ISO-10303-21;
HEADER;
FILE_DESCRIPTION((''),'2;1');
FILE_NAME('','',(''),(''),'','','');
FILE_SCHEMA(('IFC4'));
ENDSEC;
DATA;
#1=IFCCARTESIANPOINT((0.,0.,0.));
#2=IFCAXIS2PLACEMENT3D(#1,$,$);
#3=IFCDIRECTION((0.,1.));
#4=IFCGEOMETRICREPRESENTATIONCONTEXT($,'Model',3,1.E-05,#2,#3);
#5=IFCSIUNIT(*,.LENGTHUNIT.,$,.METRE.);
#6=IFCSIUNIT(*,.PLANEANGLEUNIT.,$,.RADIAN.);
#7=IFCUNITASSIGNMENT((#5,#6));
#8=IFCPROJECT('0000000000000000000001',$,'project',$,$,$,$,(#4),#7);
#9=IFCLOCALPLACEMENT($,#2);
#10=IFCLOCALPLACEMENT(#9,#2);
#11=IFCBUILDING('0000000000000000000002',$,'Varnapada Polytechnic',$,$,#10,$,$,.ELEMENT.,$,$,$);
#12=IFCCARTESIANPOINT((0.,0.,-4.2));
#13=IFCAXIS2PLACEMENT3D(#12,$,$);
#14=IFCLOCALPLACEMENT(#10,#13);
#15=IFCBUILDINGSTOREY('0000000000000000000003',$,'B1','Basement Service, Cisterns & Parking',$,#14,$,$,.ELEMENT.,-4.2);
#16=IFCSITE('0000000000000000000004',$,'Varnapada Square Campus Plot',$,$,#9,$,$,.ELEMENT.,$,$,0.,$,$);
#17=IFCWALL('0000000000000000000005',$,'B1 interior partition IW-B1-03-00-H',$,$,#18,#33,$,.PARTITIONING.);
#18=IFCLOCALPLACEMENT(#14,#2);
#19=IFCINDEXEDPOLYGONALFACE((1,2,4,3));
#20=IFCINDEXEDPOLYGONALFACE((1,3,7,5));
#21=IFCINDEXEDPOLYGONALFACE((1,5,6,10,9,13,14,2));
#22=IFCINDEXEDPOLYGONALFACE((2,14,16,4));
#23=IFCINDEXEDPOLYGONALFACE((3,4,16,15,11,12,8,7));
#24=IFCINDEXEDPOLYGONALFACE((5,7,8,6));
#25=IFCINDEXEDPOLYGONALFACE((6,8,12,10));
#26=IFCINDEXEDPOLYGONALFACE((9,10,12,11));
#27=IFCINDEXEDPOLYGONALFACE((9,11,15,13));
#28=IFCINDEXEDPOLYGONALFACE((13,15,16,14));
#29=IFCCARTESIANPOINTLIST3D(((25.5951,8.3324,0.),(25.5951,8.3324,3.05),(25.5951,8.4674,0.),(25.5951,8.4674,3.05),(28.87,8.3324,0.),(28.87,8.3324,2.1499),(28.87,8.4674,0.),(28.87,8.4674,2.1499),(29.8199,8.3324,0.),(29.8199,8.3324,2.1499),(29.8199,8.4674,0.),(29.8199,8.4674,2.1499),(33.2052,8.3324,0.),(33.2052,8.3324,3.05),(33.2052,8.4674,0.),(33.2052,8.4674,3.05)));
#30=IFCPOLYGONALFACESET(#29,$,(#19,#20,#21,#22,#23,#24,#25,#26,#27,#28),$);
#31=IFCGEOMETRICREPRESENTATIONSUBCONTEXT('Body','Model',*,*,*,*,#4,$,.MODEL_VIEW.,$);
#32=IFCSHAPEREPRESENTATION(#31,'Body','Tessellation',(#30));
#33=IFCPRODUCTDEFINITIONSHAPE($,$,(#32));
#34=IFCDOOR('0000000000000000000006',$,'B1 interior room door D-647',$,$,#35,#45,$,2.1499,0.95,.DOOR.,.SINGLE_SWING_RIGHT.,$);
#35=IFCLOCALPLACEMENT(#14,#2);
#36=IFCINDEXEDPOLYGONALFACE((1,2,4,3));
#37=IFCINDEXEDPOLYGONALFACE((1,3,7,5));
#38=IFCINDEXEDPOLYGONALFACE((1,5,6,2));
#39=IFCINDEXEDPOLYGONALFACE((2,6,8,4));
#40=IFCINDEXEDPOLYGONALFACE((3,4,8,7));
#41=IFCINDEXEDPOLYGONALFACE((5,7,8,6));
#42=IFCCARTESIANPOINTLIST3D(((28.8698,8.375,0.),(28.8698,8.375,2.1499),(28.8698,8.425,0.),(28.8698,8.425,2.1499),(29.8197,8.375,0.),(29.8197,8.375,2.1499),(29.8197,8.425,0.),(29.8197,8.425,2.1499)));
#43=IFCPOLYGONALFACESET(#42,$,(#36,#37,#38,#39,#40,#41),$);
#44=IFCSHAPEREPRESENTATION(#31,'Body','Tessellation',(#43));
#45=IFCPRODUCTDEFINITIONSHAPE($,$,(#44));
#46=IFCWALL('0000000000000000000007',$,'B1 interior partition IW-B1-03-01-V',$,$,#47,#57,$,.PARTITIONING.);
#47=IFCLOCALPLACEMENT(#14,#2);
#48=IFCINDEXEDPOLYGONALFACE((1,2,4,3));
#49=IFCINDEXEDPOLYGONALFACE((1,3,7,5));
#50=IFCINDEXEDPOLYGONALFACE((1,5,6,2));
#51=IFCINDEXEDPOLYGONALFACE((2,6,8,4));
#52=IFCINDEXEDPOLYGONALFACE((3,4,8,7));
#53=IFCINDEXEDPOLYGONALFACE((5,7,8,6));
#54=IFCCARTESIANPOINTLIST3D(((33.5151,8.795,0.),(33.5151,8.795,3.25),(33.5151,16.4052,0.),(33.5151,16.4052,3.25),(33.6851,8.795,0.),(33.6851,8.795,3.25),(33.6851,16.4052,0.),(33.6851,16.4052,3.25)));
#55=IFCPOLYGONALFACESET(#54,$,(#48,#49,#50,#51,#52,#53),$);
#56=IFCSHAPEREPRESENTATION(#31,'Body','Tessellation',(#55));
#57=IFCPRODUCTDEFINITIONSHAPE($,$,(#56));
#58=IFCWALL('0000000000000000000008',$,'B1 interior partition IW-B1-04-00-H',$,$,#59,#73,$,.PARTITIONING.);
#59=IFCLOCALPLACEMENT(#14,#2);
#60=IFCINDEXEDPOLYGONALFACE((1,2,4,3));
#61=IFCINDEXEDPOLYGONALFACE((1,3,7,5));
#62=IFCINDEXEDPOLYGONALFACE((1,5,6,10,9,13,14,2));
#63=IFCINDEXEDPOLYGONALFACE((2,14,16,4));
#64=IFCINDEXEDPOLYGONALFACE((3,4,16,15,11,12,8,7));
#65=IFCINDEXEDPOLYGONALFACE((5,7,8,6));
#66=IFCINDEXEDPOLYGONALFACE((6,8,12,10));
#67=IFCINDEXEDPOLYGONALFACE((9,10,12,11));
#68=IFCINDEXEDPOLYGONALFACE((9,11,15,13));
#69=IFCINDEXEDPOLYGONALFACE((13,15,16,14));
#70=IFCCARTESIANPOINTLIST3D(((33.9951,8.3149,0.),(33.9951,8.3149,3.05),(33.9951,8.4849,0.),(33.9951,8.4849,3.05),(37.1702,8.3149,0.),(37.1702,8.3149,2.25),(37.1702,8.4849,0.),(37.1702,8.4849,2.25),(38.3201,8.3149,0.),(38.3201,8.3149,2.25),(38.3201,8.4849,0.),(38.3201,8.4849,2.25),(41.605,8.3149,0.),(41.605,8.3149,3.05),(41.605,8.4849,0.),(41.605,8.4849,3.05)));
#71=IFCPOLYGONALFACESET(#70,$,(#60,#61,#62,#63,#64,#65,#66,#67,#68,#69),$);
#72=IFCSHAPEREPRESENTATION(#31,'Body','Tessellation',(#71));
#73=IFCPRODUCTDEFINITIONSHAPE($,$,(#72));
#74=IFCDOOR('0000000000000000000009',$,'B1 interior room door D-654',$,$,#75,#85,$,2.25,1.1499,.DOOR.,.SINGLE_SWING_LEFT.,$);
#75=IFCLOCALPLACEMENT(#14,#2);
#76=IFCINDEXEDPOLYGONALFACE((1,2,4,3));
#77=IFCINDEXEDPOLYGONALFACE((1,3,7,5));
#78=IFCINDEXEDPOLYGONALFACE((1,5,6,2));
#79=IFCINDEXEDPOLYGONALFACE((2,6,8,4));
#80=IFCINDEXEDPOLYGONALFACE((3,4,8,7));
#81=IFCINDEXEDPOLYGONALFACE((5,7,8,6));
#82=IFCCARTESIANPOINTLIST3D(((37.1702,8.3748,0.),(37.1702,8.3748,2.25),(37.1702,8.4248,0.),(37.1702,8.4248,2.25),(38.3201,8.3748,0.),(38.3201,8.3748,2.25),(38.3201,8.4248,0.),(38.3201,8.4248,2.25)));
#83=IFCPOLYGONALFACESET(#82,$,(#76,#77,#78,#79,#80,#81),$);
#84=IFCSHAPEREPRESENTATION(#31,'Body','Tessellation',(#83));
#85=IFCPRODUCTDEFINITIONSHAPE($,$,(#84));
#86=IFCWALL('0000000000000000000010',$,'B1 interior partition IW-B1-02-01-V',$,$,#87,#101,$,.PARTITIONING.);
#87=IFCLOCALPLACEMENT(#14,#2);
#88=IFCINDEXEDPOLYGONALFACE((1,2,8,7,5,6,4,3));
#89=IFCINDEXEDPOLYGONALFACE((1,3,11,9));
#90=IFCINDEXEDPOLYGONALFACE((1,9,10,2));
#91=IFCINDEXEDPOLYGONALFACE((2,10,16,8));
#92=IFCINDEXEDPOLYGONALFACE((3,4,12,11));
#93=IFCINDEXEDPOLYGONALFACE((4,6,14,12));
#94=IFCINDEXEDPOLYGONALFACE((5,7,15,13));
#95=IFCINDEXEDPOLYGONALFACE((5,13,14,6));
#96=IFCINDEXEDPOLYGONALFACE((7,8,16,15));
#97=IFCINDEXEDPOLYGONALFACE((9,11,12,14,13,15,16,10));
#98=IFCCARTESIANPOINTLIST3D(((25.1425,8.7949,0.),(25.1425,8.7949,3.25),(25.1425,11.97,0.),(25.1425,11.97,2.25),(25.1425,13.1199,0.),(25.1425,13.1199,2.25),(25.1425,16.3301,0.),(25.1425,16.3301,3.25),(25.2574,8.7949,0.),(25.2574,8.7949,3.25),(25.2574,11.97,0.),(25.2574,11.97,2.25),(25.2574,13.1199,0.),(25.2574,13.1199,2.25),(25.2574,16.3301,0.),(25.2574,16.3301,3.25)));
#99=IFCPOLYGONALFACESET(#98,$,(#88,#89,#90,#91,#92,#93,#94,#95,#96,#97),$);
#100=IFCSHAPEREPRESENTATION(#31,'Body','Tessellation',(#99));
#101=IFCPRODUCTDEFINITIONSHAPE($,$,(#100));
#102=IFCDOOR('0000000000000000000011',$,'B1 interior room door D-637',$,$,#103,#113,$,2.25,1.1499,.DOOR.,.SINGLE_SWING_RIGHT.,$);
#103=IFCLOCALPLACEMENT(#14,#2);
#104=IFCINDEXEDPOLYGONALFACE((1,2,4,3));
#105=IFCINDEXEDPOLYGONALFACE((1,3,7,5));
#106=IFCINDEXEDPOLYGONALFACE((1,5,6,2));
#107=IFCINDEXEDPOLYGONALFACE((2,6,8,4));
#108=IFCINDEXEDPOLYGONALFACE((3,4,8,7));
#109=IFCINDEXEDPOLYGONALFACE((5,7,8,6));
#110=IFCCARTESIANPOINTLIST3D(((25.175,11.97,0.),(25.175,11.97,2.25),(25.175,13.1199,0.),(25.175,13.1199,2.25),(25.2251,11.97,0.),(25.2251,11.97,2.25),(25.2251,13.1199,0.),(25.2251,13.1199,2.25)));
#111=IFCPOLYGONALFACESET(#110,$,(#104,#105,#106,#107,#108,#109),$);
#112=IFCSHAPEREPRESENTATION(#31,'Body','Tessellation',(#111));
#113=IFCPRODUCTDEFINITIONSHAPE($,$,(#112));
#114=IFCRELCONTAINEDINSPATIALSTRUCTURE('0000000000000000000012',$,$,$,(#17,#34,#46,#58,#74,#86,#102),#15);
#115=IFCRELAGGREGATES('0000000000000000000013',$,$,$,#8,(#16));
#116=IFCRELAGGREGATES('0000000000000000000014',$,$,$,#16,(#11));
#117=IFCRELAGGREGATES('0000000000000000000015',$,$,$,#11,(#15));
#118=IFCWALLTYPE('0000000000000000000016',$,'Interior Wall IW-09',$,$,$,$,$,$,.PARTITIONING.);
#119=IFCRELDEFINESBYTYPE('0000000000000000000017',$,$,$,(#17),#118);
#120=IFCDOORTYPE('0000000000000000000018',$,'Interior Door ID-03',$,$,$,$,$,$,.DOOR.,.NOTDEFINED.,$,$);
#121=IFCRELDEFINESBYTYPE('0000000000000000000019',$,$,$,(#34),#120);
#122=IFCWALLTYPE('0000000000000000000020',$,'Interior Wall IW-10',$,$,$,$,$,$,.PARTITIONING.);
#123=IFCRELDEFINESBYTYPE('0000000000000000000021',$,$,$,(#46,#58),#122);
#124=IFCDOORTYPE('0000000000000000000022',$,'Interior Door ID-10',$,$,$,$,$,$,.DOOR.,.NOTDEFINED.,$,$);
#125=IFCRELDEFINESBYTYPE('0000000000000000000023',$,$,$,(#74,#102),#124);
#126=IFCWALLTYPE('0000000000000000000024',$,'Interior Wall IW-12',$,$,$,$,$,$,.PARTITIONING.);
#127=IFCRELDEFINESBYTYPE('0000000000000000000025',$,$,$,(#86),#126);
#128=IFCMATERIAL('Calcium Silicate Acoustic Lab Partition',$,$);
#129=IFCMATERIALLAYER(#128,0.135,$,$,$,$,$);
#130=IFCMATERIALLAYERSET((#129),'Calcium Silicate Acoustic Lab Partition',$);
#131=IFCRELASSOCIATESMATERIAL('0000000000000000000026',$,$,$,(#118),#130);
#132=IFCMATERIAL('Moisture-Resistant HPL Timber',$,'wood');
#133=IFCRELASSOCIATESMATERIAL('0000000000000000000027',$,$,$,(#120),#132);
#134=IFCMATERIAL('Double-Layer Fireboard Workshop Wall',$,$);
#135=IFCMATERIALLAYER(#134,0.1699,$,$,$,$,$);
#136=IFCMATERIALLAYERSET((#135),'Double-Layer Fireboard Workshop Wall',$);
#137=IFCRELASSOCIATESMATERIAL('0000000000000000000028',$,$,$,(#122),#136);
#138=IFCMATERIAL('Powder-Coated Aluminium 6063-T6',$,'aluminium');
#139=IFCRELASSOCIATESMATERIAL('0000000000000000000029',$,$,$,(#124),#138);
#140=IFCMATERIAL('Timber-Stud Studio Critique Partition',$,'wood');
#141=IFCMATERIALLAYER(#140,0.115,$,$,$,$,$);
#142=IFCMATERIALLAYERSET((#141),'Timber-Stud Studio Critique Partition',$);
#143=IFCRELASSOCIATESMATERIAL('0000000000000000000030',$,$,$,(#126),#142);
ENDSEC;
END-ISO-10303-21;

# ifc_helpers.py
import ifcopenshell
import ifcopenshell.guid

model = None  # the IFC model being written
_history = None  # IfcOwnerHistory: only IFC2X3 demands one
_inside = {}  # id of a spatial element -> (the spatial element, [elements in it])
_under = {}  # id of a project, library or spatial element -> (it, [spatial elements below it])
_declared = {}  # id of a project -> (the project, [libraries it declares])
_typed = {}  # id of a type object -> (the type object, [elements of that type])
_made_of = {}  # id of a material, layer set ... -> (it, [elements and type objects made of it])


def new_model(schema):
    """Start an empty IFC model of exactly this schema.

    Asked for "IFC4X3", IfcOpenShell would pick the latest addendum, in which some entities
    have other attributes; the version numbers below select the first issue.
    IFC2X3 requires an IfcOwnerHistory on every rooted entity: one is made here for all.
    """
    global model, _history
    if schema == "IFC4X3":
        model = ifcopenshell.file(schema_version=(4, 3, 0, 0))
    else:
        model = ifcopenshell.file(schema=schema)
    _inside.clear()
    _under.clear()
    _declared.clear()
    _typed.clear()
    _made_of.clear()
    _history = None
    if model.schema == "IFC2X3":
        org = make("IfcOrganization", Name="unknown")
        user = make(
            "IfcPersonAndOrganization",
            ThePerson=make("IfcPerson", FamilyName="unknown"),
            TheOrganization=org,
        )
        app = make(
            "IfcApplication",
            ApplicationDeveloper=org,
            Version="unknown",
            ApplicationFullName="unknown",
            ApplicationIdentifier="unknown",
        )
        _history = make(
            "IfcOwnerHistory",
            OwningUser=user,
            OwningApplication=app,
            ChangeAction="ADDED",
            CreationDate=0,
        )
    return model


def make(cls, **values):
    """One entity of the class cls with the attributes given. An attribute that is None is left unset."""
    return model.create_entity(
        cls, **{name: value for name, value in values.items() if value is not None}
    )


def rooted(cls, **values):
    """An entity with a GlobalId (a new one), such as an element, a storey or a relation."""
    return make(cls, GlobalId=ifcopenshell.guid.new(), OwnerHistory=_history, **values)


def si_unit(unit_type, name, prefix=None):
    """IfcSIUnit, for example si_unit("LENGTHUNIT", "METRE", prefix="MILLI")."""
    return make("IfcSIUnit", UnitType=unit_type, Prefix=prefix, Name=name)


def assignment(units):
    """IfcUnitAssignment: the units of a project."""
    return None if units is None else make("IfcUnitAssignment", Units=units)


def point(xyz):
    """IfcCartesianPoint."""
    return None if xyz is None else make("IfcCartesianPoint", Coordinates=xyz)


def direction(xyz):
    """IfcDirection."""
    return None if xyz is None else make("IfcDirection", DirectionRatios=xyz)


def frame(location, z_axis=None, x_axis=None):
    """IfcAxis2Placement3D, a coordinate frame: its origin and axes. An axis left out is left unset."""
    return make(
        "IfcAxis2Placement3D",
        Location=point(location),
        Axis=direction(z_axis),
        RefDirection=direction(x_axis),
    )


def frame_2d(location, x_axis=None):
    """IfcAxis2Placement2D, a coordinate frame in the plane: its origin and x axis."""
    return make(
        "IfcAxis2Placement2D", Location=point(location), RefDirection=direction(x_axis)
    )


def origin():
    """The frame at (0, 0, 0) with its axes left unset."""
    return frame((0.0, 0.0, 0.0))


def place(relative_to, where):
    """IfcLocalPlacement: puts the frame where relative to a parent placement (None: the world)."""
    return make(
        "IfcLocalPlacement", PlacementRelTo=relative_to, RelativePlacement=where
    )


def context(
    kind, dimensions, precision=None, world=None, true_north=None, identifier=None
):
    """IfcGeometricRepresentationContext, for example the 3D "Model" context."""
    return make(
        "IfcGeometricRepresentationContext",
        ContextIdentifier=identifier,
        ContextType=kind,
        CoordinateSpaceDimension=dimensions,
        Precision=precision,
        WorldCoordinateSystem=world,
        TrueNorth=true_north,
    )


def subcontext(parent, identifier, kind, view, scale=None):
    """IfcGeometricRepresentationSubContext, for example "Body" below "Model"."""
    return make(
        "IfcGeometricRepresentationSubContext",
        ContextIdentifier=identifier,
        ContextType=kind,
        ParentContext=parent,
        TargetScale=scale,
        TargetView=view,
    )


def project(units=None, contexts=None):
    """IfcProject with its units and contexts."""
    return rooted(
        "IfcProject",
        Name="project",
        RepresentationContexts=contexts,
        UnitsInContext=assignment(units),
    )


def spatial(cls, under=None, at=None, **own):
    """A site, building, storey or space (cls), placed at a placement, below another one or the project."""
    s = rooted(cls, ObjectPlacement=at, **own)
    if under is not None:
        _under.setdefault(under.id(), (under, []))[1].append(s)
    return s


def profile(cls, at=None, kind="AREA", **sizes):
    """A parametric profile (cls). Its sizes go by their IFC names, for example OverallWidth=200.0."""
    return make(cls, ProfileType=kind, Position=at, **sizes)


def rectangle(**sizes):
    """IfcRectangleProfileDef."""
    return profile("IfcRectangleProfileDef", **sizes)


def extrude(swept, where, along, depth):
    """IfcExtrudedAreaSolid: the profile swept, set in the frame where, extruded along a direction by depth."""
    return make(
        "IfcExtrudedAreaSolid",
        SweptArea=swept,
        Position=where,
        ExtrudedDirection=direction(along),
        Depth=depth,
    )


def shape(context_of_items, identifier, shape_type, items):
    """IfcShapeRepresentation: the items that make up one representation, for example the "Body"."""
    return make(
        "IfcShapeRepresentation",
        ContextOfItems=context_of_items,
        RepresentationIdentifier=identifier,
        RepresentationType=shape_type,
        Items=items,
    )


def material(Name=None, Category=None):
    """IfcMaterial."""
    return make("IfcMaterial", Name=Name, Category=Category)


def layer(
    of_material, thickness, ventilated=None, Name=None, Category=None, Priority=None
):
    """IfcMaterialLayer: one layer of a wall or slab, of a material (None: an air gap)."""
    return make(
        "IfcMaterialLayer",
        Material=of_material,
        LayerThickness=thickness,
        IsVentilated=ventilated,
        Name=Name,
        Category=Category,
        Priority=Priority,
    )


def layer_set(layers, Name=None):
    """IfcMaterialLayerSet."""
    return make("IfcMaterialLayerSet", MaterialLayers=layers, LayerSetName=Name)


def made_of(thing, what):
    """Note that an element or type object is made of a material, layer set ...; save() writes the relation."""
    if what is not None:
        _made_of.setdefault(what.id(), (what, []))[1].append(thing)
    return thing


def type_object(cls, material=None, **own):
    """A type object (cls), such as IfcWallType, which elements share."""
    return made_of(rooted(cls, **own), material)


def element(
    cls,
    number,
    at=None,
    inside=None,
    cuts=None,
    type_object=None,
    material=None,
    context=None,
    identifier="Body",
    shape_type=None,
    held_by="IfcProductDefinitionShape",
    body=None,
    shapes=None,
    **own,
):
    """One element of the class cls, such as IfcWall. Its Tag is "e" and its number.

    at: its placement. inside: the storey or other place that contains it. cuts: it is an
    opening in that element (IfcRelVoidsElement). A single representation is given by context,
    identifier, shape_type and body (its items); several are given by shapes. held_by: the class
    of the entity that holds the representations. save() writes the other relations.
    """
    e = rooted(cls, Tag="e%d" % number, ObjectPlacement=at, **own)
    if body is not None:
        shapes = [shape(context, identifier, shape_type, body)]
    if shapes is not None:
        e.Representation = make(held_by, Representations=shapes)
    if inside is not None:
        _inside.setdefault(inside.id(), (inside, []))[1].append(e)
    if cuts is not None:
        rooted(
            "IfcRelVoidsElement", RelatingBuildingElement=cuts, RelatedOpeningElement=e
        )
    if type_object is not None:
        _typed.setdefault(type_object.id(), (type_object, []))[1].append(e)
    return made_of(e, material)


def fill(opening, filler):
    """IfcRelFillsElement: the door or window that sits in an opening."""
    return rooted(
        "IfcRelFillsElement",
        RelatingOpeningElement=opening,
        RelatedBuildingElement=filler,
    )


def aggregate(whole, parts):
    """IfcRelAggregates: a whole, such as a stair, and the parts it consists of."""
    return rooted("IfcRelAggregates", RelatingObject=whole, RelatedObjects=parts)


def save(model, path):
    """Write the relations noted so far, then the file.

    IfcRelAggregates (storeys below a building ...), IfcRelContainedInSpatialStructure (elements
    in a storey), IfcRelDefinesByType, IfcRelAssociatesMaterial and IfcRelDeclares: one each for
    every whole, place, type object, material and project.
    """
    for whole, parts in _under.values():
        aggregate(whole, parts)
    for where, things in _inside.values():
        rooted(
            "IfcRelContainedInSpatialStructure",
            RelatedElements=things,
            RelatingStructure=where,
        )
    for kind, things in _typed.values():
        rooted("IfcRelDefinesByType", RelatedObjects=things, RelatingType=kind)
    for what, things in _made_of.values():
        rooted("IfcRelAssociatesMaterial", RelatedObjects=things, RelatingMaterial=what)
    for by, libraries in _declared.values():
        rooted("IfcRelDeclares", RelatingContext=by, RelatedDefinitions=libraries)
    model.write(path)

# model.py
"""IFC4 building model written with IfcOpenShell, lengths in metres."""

from ifc_helpers import new_model, si_unit, direction, frame, frame_2d, origin, place, context, subcontext, project, spatial, rectangle, extrude, material, layer, layer_set, type_object, element, fill, save


model = new_model("IFC4")

# Units and contexts
model_context = context("Model", 3, precision=1e-05, world=origin(), true_north=direction((0.0, 1.0)))
body_context = subcontext(model_context, "Body", "Model", "MODEL_VIEW")
ifc_project = project(units=[si_unit("LENGTHUNIT", "METRE"), si_unit("PLANEANGLEUNIT", "RADIAN")], contexts=[model_context])

# Site, building, storey
site_placement = place(None, origin())
site = spatial("IfcSite", under=ifc_project, at=site_placement, Name="Varnapada Square Campus Plot", CompositionType="ELEMENT", RefElevation=0.0)
building_placement = place(site_placement, origin())
building = spatial("IfcBuilding", under=site, at=building_placement, Name="Varnapada Polytechnic", CompositionType="ELEMENT")
storey_placement = place(building_placement, frame((0.0, 0.0, -4.2)))
storey = spatial("IfcBuildingStorey", under=building, at=storey_placement, Name="B1", Description="Basement Service, Cisterns & Parking", CompositionType="ELEMENT", Elevation=-4.2)

# Wall, opening, door
ifc_material_1 = material(Name="Calcium Silicate Acoustic Lab Partition")
ifc_layer_1 = layer(ifc_material_1, 0.135)
ifc_layer_set_1 = layer_set([ifc_layer_1], Name="Calcium Silicate Acoustic Lab Partition")
wall_type_1 = type_object("IfcWallType", Name="Interior Wall IW-09", PredefinedType="PARTITIONING", material=ifc_layer_set_1)
wall_1_placement = place(storey_placement, frame((25.595, 8.3999, 0.0), z_axis=(0.0, 0.0, 1.0), x_axis=(1.0, 0.0, 0.0)))
wall_1 = element("IfcWall", 1, at=wall_1_placement, inside=storey, type_object=wall_type_1, Name="B1 interior partition IW-B1-03-00-H", PredefinedType="PARTITIONING", context=body_context, shape_type="SweptSolid", body=[
    extrude(rectangle(XDim=7.6101, YDim=0.135, at=frame_2d((3.8052, 0.0))), origin(), (0.0, 0.0, 1.0), 3.05),
])
opening_1_placement = place(wall_1_placement, frame((3.2749, 0.0, 0.0)))
opening_1 = element("IfcOpeningElement", 2, at=opening_1_placement, cuts=wall_1, PredefinedType="OPENING", context=body_context, shape_type="SweptSolid", body=[
    extrude(rectangle(XDim=0.95, YDim=2.1499, at=frame_2d((0.4751, 1.075))), frame((0.0, 0.0774, 0.0), z_axis=(0.0, -1.0, 0.0), x_axis=(1.0, 0.0, 0.0)), (0.0, 0.0, 1.0), 0.155),
])
ifc_material_2 = material(Name="Moisture-Resistant HPL Timber", Category="wood")
door_type_1 = type_object("IfcDoorType", Name="Interior Door ID-03", OperationType="NOTDEFINED", PredefinedType="DOOR", material=ifc_material_2)
door_1_placement = place(opening_1_placement, frame((0.95, 0.0, 0.0), z_axis=(0.0, 0.0, 1.0), x_axis=(-1.0, 0.0, 0.0)))
door_1 = element("IfcDoor", 3, at=door_1_placement, inside=storey, type_object=door_type_1, Name="B1 interior room door D-647", OperationType="SINGLE_SWING_RIGHT", OverallHeight=2.1499, OverallWidth=0.95, PredefinedType="DOOR", context=body_context, shape_type="SweptSolid", body=[
    extrude(rectangle(XDim=0.95, YDim=2.1499, at=frame_2d((0.4751, 1.075))), frame((0.0, 0.0249, 0.0), z_axis=(0.0, -1.0, 0.0), x_axis=(1.0, 0.0, 0.0)), (0.0, 0.0, 1.0), 0.05),
])
fill(opening_1, door_1)

# Wall
ifc_material_3 = material(Name="Double-Layer Fireboard Workshop Wall")
ifc_layer_2 = layer(ifc_material_3, 0.1699)
ifc_layer_set_2 = layer_set([ifc_layer_2], Name="Double-Layer Fireboard Workshop Wall")
wall_type_2 = type_object("IfcWallType", Name="Interior Wall IW-10", PredefinedType="PARTITIONING", material=ifc_layer_set_2)
wall_2_placement = place(storey_placement, frame((33.6001, 8.7949, 0.0), z_axis=(0.0, 0.0, 1.0), x_axis=(0.0, 1.0, 0.0)))
element("IfcWall", 4, at=wall_2_placement, inside=storey, type_object=wall_type_2, Name="B1 interior partition IW-B1-03-01-V", PredefinedType="PARTITIONING", context=body_context, shape_type="SweptSolid", body=[
    extrude(rectangle(XDim=7.6101, YDim=0.1699, at=frame_2d((3.8052, 0.0))), origin(), (0.0, 0.0, 1.0), 3.25),
])

# Walls, openings, doors
wall_3_placement = place(storey_placement, frame((33.9951, 8.3999, 0.0), z_axis=(0.0, 0.0, 1.0), x_axis=(1.0, 0.0, 0.0)))
wall_3 = element("IfcWall", 5, at=wall_3_placement, inside=storey, type_object=wall_type_2, Name="B1 interior partition IW-B1-04-00-H", PredefinedType="PARTITIONING", context=body_context, shape_type="SweptSolid", body=[
    extrude(rectangle(XDim=7.6099, YDim=0.1699, at=frame_2d((3.8049, 0.0))), origin(), (0.0, 0.0, 1.0), 3.05),
])
opening_2_placement = place(wall_3_placement, frame((3.175, 0.0, 0.0)))
opening_2 = element("IfcOpeningElement", 6, at=opening_2_placement, cuts=wall_3, PredefinedType="OPENING", context=body_context, shape_type="SweptSolid", body=[
    extrude(rectangle(XDim=1.1499, YDim=2.25, at=frame_2d((0.575, 1.125))), frame((0.0, 0.095, 0.0), z_axis=(0.0, -1.0, 0.0), x_axis=(1.0, 0.0, 0.0)), (0.0, 0.0, 1.0), 0.1899),
])
ifc_material_4 = material(Name="Powder-Coated Aluminium 6063-T6", Category="aluminium")
door_type_2 = type_object("IfcDoorType", Name="Interior Door ID-10", OperationType="NOTDEFINED", PredefinedType="DOOR", material=ifc_material_4)
door_2_placement = place(opening_2_placement, origin())
door_2 = element("IfcDoor", 7, at=door_2_placement, inside=storey, type_object=door_type_2, Name="B1 interior room door D-654", OperationType="SINGLE_SWING_LEFT", OverallHeight=2.25, OverallWidth=1.1499, PredefinedType="DOOR", context=body_context, shape_type="SweptSolid", body=[
    extrude(rectangle(XDim=1.1499, YDim=2.25, at=frame_2d((0.575, 1.125))), frame((0.0, 0.0249, 0.0), z_axis=(0.0, -1.0, 0.0), x_axis=(1.0, 0.0, 0.0)), (0.0, 0.0, 1.0), 0.05),
])
fill(opening_2, door_2)
ifc_material_5 = material(Name="Timber-Stud Studio Critique Partition", Category="wood")
ifc_layer_3 = layer(ifc_material_5, 0.115)
ifc_layer_set_3 = layer_set([ifc_layer_3], Name="Timber-Stud Studio Critique Partition")
wall_type_3 = type_object("IfcWallType", Name="Interior Wall IW-12", PredefinedType="PARTITIONING", material=ifc_layer_set_3)
wall_4_placement = place(storey_placement, frame((25.2, 8.7949, 0.0), z_axis=(0.0, 0.0, 1.0), x_axis=(0.0, 1.0, 0.0)))
wall_4 = element("IfcWall", 8, at=wall_4_placement, inside=storey, type_object=wall_type_3, Name="B1 interior partition IW-B1-02-01-V", PredefinedType="PARTITIONING", context=body_context, shape_type="SweptSolid", body=[
    extrude(rectangle(XDim=7.5352, YDim=0.115, at=frame_2d((3.7676, 0.0))), origin(), (0.0, 0.0, 1.0), 3.25),
])
opening_3_placement = place(wall_4_placement, frame((3.175, 0.0, 0.0)))
opening_3 = element("IfcOpeningElement", 9, at=opening_3_placement, cuts=wall_4, PredefinedType="OPENING", context=body_context, shape_type="SweptSolid", body=[
    extrude(rectangle(XDim=1.1499, YDim=2.25, at=frame_2d((0.575, 1.125))), frame((0.0, 0.0674, 0.0), z_axis=(0.0, -1.0, 0.0), x_axis=(1.0, 0.0, 0.0)), (0.0, 0.0, 1.0), 0.135),
])
door_3_placement = place(opening_3_placement, origin())
door_3 = element("IfcDoor", 10, at=door_3_placement, inside=storey, type_object=door_type_2, Name="B1 interior room door D-637", OperationType="SINGLE_SWING_RIGHT", OverallHeight=2.25, OverallWidth=1.1499, PredefinedType="DOOR", context=body_context, shape_type="SweptSolid", body=[
    extrude(rectangle(XDim=1.1499, YDim=2.25, at=frame_2d((0.575, 1.125))), frame((0.0, 0.0249, 0.0), z_axis=(0.0, -1.0, 0.0), x_axis=(1.0, 0.0, 0.0)), (0.0, 0.0, 1.0), 0.05),
])
fill(opening_3, door_3)

save(model, "model.ifc")
